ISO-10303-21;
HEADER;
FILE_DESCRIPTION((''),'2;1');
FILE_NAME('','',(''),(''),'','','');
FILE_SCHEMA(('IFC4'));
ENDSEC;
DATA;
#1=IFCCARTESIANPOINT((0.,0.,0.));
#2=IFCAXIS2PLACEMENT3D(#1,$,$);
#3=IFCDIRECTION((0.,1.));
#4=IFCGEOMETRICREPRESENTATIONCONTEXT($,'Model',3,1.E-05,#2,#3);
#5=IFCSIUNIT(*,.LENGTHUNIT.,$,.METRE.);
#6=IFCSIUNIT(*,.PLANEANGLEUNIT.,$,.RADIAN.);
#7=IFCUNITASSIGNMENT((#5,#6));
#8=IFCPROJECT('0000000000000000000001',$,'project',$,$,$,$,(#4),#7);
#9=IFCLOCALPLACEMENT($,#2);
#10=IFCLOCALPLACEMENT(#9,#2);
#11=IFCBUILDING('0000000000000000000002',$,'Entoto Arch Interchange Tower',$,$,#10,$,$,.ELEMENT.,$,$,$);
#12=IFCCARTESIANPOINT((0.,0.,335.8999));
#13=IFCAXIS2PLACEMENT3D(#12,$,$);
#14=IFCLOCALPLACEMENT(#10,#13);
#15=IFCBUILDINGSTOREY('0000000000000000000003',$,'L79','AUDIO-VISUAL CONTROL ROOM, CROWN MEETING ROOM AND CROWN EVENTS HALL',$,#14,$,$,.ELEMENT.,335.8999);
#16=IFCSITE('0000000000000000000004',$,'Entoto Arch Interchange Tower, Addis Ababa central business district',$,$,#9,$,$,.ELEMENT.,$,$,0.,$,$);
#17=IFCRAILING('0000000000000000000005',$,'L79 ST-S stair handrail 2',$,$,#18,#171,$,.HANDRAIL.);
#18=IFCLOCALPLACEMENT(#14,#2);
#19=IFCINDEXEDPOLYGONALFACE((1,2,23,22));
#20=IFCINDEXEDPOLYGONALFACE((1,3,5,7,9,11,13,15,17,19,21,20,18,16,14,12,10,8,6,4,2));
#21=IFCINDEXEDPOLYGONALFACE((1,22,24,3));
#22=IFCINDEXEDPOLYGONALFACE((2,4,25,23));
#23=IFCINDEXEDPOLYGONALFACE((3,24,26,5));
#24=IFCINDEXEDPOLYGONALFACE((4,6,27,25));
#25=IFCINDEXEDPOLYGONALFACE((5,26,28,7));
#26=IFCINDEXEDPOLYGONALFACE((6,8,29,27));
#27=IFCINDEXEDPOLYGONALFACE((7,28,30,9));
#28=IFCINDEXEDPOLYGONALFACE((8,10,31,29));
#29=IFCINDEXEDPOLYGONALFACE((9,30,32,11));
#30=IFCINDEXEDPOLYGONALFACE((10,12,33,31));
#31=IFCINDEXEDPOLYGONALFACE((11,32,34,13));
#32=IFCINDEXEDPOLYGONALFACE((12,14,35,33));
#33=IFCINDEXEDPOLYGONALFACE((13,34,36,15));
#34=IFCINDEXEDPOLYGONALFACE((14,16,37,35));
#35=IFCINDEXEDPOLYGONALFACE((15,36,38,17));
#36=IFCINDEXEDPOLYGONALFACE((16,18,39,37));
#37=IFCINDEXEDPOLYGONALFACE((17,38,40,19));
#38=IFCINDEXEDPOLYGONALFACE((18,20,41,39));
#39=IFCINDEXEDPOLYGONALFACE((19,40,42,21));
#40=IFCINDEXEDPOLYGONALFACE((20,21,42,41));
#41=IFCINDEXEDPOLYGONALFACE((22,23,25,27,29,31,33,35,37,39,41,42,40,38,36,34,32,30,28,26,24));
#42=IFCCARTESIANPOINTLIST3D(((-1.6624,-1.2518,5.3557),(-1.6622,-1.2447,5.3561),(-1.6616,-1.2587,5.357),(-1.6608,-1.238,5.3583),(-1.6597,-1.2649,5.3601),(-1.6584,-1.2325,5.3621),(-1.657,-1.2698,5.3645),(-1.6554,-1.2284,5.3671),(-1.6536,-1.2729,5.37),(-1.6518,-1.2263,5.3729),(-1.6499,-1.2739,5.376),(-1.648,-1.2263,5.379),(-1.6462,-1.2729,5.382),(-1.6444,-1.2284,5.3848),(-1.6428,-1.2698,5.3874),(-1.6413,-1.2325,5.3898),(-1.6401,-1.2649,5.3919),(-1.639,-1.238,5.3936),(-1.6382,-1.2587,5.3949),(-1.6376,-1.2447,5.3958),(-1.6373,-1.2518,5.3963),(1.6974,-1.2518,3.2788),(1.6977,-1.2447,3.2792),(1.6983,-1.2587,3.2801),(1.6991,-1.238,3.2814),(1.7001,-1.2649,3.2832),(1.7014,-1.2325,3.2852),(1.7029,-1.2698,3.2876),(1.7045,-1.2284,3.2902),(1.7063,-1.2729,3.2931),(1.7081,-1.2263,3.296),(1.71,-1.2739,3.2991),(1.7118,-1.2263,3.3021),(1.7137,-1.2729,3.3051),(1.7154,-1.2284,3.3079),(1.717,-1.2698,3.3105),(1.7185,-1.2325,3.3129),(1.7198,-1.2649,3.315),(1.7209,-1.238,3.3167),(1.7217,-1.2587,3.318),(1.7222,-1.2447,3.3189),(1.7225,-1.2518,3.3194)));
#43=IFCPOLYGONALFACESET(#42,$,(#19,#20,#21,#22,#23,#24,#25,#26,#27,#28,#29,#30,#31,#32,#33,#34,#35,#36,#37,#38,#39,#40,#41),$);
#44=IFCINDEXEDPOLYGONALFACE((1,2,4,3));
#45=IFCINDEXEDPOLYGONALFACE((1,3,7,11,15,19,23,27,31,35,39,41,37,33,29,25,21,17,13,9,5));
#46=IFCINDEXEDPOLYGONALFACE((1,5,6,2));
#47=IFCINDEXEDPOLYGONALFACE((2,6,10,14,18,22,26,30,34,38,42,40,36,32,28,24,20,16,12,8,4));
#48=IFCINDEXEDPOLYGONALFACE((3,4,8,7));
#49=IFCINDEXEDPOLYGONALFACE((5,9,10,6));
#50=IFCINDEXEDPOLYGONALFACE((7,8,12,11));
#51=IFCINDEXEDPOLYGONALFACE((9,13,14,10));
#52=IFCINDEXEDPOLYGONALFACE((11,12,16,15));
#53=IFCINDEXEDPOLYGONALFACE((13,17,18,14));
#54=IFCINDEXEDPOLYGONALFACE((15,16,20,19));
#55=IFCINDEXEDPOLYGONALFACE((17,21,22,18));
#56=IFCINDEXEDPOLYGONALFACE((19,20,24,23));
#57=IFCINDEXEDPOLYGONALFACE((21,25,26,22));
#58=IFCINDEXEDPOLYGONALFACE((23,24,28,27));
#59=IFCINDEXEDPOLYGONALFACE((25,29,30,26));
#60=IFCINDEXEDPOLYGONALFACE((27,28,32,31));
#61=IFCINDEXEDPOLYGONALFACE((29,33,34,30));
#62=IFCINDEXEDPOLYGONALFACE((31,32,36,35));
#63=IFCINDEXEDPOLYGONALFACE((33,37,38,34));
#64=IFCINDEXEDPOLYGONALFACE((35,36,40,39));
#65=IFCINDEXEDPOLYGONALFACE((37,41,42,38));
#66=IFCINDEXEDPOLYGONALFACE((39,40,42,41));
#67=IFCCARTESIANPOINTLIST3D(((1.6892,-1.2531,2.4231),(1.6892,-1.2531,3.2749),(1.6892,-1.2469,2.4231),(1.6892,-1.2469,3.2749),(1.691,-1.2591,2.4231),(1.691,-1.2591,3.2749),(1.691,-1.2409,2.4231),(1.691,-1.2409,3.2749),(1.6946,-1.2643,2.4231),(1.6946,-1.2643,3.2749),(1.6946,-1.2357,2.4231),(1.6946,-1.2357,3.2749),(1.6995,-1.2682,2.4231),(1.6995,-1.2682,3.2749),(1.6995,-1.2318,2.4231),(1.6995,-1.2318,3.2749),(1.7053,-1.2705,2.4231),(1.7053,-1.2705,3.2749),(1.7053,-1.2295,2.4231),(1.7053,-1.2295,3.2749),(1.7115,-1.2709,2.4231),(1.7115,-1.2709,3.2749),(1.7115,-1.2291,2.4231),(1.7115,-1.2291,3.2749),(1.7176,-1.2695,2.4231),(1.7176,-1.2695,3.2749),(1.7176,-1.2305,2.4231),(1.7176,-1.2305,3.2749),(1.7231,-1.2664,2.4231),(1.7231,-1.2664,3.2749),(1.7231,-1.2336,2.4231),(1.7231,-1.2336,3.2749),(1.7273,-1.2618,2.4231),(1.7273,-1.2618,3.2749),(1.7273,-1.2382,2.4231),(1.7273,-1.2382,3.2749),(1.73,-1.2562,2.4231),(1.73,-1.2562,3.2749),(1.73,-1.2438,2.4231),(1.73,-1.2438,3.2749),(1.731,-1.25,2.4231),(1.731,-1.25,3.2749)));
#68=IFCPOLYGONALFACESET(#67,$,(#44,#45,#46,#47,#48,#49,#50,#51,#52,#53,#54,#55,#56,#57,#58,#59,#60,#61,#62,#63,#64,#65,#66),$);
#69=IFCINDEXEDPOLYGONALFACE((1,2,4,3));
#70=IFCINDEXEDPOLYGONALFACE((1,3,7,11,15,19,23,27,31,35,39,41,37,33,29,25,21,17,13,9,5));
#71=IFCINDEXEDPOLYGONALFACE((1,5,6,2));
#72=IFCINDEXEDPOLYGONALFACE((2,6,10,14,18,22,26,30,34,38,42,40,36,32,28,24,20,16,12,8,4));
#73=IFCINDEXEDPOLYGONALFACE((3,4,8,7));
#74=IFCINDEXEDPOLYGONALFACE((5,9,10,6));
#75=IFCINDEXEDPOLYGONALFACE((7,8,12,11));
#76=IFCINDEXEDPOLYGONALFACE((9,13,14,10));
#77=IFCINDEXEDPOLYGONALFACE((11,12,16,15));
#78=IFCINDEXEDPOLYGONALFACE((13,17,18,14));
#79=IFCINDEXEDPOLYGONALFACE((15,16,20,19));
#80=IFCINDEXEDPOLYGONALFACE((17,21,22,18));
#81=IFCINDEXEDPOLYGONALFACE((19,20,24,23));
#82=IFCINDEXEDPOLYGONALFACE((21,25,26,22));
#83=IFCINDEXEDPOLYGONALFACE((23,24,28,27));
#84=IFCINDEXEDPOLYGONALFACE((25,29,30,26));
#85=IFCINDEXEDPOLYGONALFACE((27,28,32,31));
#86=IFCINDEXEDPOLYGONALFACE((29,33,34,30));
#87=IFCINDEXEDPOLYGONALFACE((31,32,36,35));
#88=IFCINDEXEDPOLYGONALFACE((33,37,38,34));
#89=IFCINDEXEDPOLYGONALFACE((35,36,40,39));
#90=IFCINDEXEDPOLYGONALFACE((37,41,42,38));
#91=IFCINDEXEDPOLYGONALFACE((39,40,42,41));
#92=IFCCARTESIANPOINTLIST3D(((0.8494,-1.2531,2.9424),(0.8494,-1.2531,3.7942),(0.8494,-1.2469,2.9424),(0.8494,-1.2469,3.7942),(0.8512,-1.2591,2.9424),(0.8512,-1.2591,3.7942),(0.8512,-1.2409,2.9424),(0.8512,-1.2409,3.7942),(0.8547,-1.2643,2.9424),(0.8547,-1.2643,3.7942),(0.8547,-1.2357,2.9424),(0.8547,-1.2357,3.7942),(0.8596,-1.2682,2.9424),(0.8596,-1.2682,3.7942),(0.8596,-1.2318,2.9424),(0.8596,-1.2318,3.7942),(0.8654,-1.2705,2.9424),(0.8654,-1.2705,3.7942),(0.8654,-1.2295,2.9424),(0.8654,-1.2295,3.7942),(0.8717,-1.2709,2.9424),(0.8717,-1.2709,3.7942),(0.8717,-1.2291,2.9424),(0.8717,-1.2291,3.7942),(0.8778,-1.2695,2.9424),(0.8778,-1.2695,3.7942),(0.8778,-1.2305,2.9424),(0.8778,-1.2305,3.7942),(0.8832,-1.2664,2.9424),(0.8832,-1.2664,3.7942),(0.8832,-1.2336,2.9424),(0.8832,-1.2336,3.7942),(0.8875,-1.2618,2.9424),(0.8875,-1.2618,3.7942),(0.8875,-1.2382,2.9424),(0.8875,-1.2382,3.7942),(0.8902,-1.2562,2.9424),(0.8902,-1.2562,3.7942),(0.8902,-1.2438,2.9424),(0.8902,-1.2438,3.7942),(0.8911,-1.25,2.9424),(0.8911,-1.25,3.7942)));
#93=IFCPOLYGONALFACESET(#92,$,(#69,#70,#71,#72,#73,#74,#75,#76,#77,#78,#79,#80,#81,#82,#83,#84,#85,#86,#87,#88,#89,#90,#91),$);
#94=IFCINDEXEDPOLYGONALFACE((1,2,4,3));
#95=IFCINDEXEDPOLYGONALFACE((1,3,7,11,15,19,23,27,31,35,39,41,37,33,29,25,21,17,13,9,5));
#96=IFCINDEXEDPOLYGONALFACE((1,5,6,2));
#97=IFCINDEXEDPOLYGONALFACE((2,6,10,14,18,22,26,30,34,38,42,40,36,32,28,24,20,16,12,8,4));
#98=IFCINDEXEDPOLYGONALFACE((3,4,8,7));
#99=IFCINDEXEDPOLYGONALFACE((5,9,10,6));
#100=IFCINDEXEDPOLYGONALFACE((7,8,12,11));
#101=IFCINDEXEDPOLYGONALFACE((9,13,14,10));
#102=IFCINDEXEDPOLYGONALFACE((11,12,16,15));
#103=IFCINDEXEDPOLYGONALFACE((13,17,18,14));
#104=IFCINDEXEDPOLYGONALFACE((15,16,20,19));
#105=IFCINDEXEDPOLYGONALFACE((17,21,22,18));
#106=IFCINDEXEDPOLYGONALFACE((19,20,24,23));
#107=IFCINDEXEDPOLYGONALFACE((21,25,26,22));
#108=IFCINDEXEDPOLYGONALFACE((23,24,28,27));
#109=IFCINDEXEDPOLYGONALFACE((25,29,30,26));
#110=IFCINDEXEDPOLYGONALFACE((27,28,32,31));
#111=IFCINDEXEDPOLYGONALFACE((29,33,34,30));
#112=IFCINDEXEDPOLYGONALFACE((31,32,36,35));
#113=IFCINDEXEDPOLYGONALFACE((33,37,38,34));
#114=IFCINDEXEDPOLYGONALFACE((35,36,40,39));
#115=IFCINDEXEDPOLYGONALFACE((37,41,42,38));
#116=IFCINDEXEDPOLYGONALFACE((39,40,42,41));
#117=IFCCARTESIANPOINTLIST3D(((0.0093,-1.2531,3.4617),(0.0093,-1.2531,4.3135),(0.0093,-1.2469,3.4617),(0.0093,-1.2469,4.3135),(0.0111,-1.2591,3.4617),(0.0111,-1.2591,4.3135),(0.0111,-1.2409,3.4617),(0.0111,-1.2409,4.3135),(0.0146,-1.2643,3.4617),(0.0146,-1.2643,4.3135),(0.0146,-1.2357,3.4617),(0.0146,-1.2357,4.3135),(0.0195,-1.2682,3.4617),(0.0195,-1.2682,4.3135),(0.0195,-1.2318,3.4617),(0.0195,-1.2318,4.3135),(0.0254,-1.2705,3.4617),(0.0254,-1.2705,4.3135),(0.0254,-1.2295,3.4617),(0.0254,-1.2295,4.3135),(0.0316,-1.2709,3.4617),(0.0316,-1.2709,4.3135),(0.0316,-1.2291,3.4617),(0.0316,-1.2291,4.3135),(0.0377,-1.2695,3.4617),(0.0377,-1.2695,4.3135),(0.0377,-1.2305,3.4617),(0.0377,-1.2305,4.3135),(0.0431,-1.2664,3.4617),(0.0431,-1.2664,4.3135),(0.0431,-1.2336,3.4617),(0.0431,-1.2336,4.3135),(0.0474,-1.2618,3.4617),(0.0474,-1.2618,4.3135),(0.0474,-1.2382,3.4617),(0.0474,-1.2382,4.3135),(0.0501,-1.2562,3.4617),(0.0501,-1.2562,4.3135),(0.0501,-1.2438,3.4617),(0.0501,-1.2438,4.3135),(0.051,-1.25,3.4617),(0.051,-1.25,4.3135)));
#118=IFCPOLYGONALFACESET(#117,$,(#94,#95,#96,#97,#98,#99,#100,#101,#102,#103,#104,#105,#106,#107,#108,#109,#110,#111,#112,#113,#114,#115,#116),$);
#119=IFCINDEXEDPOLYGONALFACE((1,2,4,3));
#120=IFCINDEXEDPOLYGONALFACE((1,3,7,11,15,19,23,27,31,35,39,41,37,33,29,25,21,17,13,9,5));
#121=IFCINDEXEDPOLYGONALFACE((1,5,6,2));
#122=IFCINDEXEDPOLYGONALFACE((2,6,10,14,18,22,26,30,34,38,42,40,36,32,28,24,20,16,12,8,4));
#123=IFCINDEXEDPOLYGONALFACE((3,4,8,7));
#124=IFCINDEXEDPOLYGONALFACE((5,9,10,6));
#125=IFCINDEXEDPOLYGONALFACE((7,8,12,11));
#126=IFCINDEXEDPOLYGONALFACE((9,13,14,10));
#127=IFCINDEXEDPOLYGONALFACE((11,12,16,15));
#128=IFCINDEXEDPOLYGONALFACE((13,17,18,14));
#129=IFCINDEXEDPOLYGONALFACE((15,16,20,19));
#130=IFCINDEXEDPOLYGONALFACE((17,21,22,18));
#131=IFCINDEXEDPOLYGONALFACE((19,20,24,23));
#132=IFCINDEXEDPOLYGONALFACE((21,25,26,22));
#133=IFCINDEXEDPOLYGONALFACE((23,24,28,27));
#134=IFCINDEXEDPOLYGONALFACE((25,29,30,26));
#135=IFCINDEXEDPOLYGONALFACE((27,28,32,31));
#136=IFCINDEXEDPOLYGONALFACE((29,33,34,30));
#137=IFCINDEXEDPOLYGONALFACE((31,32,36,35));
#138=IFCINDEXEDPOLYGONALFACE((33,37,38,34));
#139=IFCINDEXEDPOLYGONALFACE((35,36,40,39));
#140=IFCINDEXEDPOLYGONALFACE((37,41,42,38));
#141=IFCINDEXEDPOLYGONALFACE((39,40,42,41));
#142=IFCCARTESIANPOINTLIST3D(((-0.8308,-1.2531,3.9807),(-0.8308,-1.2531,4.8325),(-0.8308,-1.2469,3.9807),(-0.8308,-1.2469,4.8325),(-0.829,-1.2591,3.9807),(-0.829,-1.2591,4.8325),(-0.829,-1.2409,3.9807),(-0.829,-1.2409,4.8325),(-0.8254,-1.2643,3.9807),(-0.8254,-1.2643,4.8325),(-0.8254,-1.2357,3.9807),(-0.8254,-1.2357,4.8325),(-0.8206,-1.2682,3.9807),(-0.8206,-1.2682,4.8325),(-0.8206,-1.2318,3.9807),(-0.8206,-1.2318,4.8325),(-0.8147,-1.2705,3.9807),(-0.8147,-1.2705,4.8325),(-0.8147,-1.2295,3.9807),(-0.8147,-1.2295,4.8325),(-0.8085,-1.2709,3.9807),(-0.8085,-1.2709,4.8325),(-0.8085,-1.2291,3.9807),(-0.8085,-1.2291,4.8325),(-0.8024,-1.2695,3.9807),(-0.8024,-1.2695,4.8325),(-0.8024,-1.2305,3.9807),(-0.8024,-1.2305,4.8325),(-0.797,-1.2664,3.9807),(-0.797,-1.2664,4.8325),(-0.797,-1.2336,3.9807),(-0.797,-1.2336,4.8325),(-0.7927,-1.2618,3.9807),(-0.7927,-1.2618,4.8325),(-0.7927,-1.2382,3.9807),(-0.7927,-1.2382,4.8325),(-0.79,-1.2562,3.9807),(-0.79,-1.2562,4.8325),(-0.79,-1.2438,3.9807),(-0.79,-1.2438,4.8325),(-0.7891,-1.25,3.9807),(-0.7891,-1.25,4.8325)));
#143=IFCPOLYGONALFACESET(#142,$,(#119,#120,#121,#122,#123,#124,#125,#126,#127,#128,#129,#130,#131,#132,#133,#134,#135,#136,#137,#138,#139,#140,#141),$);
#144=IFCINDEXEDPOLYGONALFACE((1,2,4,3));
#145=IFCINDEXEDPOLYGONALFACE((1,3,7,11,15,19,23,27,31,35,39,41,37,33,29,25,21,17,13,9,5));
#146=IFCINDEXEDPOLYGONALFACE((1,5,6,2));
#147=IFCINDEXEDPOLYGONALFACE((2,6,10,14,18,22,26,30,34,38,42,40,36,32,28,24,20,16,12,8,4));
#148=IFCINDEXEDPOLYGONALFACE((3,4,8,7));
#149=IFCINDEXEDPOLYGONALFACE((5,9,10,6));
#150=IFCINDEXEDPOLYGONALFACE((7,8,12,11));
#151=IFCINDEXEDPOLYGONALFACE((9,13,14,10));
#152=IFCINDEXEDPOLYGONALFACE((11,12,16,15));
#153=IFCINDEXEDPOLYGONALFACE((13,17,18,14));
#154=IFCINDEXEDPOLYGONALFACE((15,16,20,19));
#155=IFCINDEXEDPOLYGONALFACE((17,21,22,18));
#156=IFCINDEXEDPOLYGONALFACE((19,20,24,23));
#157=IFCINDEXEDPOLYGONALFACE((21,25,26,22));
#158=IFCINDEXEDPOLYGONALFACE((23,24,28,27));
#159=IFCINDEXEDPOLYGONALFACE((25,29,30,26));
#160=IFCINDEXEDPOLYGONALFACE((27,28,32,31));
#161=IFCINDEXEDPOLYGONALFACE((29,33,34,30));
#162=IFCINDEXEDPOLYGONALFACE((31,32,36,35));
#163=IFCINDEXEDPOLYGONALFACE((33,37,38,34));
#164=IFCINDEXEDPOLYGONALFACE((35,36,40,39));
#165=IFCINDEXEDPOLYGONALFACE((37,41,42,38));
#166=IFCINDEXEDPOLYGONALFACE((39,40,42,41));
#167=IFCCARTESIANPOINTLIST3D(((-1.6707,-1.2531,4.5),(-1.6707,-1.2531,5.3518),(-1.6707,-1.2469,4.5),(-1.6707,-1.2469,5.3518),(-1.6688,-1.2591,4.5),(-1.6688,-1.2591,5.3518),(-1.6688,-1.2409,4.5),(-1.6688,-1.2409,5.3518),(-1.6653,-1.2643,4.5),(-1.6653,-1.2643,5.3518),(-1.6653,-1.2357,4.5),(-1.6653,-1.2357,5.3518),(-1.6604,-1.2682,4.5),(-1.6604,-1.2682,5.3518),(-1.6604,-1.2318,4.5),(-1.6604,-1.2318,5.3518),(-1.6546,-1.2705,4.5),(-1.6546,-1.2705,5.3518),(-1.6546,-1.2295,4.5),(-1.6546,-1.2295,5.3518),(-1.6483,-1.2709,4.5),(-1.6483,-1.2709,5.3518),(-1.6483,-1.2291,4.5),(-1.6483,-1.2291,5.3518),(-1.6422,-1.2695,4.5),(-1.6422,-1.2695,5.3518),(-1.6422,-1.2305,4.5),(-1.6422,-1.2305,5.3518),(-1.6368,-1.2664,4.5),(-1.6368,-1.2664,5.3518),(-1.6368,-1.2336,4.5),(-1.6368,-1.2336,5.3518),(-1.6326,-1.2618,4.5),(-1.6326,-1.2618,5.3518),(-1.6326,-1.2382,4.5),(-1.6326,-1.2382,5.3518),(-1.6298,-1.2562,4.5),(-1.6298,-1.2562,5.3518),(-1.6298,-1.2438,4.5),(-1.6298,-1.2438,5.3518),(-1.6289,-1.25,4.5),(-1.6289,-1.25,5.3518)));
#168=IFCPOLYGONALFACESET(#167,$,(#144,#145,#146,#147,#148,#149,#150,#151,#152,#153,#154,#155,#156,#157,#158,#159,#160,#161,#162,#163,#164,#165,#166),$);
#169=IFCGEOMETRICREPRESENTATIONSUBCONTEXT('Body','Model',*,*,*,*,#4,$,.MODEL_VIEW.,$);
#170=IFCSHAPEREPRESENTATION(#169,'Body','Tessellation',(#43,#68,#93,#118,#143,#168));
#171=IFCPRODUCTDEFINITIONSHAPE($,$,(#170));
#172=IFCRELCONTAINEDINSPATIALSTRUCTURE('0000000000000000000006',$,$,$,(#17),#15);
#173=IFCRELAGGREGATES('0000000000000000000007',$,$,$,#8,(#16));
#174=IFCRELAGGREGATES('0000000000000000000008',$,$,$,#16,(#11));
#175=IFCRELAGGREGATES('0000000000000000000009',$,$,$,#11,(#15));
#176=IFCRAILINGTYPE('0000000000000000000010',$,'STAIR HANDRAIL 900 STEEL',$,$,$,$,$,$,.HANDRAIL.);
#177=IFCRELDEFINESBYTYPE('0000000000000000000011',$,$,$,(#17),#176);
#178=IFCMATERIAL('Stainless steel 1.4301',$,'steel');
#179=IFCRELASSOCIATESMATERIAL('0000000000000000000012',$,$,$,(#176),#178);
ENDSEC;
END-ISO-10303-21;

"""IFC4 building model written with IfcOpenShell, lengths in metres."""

from ifc_helpers import new_model, si_unit, direction, frame, origin, origin_2d, place, context, subcontext, project, spatial, circle, extrude, material, type_object, element, save


model = new_model("IFC4")

# Units and contexts
model_context = context("Model", 3, precision=1e-05, world=origin(), true_north=direction((0.0, 1.0)))
body_context = subcontext(model_context, "Body", "Model", "MODEL_VIEW")
ifc_project = project(units=[si_unit("LENGTHUNIT", "METRE"), si_unit("PLANEANGLEUNIT", "RADIAN")], contexts=[model_context])

# Site, building, storey
site_placement = place(None, origin())
site = spatial("IfcSite", under=ifc_project, at=site_placement, Name="Entoto Arch Interchange Tower, Addis Ababa central business district", CompositionType="ELEMENT", RefElevation=0.0)
building_placement = place(site_placement, origin())
building = spatial("IfcBuilding", under=site, at=building_placement, Name="Entoto Arch Interchange Tower", CompositionType="ELEMENT")
storey_placement = place(building_placement, frame((0.0, 0.0, 335.8999)))
storey = spatial("IfcBuildingStorey", under=building, at=storey_placement, Name="L79", Description="AUDIO-VISUAL CONTROL ROOM, CROWN MEETING ROOM AND CROWN EVENTS HALL", CompositionType="ELEMENT", Elevation=335.8999)

# Railing
ifc_material_1 = material(Name="Stainless steel 1.4301", Category="steel")
railing_type_1 = type_object("IfcRailingType", Name="STAIR HANDRAIL 900 STEEL", PredefinedType="HANDRAIL", material=ifc_material_1)
railing_1_placement = place(storey_placement, frame((1.71, -1.25, 2.4231)))
element("IfcRailing", 1, at=railing_1_placement, inside=storey, type_object=railing_type_1, Name="L79 ST-S stair handrail 2", PredefinedType="HANDRAIL", context=body_context, shape_type="SweptSolid", body=[
    extrude(circle(Radius=0.0239, at=origin_2d()), frame((0.0, 0.0, 0.876), z_axis=(-0.850606, 0.0, 0.525803), x_axis=(0.0, -1.0, 0.0)), (0.0, 0.0, 1.0), 3.95),
    extrude(circle(Radius=0.021, at=origin_2d()), origin(), (0.0, 0.0, 1.0), 0.8518),
    extrude(circle(Radius=0.021, at=origin_2d()), frame((-0.8398, 0.0, 0.5193)), (0.0, 0.0, 1.0), 0.8518),
    extrude(circle(Radius=0.021, at=origin_2d()), frame((-1.6799, 0.0, 1.0386)), (0.0, 0.0, 1.0), 0.8518),
    extrude(circle(Radius=0.021, at=origin_2d()), frame((-2.52, 0.0, 1.5576)), (0.0, 0.0, 1.0), 0.8518),
    extrude(circle(Radius=0.021, at=origin_2d()), frame((-3.3599, 0.0, 2.0769)), (0.0, 0.0, 1.0), 0.8518),
])

save(model, "model.ifc")
